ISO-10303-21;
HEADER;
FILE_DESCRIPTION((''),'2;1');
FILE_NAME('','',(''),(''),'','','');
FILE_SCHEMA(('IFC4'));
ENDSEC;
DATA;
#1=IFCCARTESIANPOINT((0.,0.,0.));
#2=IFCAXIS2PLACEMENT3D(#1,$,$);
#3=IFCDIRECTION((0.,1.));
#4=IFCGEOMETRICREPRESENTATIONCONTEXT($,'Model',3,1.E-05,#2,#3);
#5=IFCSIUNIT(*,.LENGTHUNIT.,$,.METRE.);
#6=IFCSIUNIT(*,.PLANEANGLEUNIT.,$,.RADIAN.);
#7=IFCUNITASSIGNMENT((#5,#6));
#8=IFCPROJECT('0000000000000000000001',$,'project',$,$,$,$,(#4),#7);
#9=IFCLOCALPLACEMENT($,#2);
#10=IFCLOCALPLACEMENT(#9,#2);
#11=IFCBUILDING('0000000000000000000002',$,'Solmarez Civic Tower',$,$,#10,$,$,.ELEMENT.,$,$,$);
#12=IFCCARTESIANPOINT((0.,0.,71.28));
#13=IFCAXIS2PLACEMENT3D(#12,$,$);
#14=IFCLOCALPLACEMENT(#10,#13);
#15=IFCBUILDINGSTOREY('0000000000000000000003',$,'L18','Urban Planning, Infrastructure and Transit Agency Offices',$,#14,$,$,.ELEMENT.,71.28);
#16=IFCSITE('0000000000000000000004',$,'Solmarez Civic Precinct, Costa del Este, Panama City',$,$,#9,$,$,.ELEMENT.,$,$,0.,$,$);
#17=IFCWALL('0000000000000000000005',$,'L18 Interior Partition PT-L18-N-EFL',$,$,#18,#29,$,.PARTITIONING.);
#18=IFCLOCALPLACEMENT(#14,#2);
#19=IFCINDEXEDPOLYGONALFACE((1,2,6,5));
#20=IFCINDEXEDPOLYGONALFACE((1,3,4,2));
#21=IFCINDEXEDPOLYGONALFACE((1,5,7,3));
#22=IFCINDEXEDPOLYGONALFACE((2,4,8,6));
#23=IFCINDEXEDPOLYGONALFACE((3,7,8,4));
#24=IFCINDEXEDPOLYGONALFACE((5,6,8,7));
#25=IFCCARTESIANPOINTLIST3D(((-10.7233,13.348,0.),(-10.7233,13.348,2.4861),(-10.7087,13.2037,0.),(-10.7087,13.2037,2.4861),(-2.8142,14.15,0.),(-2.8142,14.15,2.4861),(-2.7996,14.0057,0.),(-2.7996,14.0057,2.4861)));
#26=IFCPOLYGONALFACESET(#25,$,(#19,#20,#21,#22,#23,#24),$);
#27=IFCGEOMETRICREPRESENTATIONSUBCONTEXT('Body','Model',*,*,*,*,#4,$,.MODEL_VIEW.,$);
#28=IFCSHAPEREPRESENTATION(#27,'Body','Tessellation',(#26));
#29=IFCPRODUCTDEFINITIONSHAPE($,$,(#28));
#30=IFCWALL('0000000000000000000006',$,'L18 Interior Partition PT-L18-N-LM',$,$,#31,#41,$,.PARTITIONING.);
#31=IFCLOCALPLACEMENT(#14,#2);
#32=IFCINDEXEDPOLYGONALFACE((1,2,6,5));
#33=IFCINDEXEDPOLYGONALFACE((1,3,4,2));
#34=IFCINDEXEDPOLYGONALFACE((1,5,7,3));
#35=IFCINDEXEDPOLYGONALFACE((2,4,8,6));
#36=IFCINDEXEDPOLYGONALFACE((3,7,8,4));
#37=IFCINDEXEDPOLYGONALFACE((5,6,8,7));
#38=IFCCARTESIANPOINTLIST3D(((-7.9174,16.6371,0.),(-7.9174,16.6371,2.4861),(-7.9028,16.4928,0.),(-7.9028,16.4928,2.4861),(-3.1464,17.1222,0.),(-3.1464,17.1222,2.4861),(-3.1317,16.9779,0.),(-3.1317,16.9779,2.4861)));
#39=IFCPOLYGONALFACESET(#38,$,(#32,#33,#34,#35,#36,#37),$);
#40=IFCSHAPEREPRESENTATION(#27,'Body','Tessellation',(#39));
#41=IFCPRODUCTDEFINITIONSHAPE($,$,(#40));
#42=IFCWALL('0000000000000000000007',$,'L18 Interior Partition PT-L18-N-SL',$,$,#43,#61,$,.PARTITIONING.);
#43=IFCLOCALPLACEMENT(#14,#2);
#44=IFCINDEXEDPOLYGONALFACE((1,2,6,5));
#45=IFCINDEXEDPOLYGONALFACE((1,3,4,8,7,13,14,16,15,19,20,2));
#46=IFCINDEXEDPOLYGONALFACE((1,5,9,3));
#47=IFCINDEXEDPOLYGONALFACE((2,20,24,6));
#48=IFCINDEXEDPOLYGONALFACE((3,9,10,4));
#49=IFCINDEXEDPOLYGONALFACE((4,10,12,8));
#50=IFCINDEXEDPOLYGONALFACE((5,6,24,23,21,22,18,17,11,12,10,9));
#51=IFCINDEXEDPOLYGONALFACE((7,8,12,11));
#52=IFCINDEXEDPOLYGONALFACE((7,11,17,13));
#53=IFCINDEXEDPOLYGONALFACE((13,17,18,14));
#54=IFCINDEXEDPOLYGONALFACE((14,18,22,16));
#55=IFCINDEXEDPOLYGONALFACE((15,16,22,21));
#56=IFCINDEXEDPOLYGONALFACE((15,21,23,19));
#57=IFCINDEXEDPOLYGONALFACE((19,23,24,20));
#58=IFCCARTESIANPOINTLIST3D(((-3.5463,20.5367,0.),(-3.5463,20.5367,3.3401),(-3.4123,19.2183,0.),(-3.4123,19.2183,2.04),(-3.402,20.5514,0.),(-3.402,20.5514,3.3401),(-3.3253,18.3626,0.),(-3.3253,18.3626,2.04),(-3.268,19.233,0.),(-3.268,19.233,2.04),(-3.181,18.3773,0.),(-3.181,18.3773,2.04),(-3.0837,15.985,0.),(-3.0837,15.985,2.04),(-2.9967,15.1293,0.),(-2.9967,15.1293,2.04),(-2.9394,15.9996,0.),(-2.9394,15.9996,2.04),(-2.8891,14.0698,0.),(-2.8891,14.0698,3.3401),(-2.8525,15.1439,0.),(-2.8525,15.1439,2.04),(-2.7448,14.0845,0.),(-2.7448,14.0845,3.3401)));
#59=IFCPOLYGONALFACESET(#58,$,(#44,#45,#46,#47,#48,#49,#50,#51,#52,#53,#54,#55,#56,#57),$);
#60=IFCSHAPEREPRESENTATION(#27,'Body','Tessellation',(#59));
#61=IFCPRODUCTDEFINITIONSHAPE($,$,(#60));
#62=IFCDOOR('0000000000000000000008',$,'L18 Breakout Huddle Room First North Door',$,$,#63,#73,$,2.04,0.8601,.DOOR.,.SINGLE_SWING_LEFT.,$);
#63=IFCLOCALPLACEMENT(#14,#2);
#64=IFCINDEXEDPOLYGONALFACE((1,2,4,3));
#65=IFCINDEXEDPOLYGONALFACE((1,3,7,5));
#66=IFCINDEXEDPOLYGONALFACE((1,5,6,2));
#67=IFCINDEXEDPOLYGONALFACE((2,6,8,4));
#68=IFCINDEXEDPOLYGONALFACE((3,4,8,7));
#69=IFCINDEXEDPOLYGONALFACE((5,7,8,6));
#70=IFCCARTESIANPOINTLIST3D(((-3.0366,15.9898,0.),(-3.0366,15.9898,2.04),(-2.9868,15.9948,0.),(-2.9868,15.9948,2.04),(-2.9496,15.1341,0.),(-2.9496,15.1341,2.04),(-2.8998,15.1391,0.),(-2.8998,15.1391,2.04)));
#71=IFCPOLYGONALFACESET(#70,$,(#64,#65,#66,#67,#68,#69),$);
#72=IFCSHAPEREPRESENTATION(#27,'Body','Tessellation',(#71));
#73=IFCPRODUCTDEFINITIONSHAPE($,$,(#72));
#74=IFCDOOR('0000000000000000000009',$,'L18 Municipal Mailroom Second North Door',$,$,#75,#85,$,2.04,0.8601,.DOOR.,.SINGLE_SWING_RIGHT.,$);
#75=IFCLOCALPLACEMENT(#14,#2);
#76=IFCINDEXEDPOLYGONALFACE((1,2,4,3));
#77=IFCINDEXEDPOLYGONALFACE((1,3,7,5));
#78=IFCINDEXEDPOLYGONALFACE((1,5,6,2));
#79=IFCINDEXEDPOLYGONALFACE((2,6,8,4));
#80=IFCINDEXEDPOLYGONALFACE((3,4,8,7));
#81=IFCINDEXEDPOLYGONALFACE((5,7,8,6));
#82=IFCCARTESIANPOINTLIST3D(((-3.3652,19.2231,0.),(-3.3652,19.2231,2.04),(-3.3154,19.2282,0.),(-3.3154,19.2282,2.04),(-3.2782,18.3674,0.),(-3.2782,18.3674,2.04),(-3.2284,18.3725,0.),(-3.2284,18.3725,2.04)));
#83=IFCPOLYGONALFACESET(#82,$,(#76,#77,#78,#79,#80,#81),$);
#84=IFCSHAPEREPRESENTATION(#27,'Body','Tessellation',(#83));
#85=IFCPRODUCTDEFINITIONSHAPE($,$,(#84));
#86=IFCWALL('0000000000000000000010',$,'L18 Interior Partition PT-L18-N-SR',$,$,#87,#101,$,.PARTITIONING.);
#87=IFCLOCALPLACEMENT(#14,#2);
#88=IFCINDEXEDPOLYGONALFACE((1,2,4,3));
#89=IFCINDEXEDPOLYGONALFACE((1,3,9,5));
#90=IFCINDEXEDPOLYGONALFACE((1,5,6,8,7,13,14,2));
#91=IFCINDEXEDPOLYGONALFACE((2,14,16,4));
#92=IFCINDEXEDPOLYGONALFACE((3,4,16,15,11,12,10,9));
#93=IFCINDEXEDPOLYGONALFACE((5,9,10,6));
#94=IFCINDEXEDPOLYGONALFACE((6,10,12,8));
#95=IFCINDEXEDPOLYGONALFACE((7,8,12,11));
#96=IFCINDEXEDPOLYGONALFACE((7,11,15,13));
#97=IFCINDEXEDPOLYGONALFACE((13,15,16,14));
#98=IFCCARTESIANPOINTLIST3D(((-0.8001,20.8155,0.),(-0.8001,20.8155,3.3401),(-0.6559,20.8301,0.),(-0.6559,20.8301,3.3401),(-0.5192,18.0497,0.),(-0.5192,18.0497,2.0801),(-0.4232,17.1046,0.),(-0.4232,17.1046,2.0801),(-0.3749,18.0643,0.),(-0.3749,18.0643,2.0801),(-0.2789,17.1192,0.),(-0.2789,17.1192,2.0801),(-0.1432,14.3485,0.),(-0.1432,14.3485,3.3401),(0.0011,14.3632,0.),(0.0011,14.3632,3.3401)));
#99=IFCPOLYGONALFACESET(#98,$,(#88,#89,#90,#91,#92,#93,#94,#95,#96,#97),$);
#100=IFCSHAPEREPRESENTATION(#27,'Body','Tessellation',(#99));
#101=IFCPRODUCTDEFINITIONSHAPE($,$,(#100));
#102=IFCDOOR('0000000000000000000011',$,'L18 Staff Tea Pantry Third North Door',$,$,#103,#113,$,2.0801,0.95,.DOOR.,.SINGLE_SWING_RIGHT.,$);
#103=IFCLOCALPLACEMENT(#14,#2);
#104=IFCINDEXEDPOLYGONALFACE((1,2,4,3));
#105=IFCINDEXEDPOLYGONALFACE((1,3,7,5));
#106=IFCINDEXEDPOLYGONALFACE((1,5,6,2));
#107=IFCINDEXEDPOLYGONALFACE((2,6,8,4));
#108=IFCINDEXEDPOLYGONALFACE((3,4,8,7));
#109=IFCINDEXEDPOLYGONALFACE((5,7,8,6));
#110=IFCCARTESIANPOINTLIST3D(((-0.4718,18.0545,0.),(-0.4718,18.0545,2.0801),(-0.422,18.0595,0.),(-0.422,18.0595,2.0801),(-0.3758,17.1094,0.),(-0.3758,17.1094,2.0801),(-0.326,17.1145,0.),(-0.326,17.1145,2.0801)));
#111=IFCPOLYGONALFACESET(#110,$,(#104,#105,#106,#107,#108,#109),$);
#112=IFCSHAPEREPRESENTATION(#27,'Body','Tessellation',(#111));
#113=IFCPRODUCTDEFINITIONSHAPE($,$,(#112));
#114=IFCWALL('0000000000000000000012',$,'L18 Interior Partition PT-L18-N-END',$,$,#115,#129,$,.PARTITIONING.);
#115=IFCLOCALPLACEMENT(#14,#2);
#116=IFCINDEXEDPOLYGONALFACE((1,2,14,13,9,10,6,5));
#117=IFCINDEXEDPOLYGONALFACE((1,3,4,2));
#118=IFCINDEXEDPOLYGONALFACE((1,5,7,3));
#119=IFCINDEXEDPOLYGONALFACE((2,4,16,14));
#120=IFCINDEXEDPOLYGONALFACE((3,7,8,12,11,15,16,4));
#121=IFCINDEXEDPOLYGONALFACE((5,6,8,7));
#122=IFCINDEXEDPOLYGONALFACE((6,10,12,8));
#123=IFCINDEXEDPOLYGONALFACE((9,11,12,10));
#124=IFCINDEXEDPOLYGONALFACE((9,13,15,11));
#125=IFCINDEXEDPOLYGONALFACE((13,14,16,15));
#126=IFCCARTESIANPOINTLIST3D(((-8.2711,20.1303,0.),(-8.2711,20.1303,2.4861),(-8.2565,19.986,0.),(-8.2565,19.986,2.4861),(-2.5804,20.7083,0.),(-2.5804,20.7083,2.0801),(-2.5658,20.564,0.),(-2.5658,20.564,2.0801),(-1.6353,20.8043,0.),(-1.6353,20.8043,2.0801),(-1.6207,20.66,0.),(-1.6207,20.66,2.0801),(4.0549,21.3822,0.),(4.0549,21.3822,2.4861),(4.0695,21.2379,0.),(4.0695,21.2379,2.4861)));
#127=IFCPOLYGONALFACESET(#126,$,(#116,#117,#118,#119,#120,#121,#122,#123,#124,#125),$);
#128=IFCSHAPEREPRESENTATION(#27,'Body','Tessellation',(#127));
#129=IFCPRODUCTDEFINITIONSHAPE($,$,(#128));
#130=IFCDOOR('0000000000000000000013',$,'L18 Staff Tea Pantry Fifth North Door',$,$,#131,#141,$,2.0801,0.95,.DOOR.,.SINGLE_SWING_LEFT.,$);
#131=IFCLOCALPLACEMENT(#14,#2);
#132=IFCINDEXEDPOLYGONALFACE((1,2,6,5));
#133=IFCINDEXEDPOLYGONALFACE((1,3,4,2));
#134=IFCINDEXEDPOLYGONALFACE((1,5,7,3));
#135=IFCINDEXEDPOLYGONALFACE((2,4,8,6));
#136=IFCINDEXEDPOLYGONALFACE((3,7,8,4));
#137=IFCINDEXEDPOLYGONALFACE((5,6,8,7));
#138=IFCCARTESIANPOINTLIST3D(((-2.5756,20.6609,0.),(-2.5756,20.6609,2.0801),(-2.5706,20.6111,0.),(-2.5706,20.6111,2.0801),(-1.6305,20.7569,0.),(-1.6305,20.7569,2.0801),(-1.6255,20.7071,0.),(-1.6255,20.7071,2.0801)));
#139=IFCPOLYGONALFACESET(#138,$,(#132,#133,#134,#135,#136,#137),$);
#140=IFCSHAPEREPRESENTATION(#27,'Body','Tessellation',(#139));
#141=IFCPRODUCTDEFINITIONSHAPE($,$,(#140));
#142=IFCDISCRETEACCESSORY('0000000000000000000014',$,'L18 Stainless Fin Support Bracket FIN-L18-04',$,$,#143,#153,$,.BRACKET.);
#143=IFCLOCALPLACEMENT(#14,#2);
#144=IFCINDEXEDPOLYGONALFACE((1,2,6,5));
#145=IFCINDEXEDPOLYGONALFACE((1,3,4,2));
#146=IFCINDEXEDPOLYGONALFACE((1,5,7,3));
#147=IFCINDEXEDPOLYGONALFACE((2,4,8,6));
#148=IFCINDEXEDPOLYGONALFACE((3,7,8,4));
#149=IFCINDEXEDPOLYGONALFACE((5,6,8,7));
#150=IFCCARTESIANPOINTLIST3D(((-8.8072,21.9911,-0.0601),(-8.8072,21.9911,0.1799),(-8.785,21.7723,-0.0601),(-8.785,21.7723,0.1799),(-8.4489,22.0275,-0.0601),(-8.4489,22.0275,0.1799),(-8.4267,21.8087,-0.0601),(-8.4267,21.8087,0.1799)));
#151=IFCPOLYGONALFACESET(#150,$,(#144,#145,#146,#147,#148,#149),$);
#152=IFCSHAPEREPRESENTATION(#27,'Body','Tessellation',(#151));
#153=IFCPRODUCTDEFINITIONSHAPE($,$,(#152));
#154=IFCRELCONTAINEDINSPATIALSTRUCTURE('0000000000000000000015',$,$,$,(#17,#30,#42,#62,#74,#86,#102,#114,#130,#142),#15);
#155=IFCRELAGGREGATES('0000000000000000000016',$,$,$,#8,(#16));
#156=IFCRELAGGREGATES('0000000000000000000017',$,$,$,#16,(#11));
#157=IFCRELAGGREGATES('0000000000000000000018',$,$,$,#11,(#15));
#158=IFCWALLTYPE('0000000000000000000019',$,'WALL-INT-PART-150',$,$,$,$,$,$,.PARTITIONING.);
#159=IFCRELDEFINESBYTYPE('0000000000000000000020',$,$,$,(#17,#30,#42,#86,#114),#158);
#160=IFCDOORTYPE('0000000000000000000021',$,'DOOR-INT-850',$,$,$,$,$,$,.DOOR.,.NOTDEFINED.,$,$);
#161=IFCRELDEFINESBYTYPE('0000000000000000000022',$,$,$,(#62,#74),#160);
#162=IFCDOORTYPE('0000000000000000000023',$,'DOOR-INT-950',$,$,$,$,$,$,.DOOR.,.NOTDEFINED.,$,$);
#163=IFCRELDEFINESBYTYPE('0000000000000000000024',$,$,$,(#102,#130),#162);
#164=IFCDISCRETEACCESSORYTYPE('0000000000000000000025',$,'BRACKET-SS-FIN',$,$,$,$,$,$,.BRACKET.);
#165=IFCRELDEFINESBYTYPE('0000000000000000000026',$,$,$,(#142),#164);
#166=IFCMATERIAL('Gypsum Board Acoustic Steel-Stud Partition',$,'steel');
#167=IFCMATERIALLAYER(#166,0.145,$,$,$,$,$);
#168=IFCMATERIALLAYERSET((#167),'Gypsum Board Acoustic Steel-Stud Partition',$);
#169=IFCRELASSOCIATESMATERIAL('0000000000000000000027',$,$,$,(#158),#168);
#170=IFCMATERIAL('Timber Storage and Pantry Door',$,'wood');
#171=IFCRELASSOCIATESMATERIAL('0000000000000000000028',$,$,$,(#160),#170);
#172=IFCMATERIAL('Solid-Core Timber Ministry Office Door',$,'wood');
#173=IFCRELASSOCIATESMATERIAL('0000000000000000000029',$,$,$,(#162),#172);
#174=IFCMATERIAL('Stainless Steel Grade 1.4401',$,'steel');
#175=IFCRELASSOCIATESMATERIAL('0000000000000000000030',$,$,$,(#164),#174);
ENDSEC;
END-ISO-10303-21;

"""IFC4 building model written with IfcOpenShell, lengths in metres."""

from ifc_helpers import new_model, si_unit, direction, frame, frame_2d, origin, origin_2d, place, context, subcontext, project, spatial, rectangle, extrude, material, layer, layer_set, type_object, element, fill, save


model = new_model("IFC4")

# Units and contexts
model_context = context("Model", 3, precision=1e-05, world=origin(), true_north=direction((0.0, 1.0)))
body_context = subcontext(model_context, "Body", "Model", "MODEL_VIEW")
ifc_project = project(units=[si_unit("LENGTHUNIT", "METRE"), si_unit("PLANEANGLEUNIT", "RADIAN")], contexts=[model_context])

# Site, building, storey
site_placement = place(None, origin())
site = spatial("IfcSite", under=ifc_project, at=site_placement, Name="Solmarez Civic Precinct, Costa del Este, Panama City", CompositionType="ELEMENT", RefElevation=0.0)
building_placement = place(site_placement, origin())
building = spatial("IfcBuilding", under=site, at=building_placement, Name="Solmarez Civic Tower", CompositionType="ELEMENT")
storey_placement = place(building_placement, frame((0.0, 0.0, 71.28)))
storey = spatial("IfcBuildingStorey", under=building, at=storey_placement, Name="L18", Description="Urban Planning, Infrastructure and Transit Agency Offices", CompositionType="ELEMENT", Elevation=71.28)

# Walls
ifc_material_1 = material(Name="Gypsum Board Acoustic Steel-Stud Partition", Category="steel")
ifc_layer_1 = layer(ifc_material_1, 0.145)
ifc_layer_set_1 = layer_set([ifc_layer_1], Name="Gypsum Board Acoustic Steel-Stud Partition")
wall_type_1 = type_object("IfcWallType", Name="WALL-INT-PART-150", PredefinedType="PARTITIONING", material=ifc_layer_set_1)
wall_1_placement = place(storey_placement, frame((-2.8069, 14.0779, 0.0), z_axis=(0.0, 0.0, 1.0), x_axis=(-0.994898, -0.100884, 0.0)))
element("IfcWall", 1, at=wall_1_placement, inside=storey, type_object=wall_type_1, Name="L18 Interior Partition PT-L18-N-EFL", PredefinedType="PARTITIONING", context=body_context, shape_type="SweptSolid", body=[
    extrude(rectangle(XDim=7.9497, YDim=0.145, at=frame_2d((3.9749, 0.0))), origin(), (0.0, 0.0, 1.0), 2.4861),
])
wall_2_placement = place(storey_placement, frame((-3.1389, 17.05, 0.0), z_axis=(0.0, 0.0, 1.0), x_axis=(-0.99487, -0.101157, 0.0)))
element("IfcWall", 2, at=wall_2_placement, inside=storey, type_object=wall_type_1, Name="L18 Interior Partition PT-L18-N-LM", PredefinedType="PARTITIONING", context=body_context, shape_type="SweptSolid", body=[
    extrude(rectangle(XDim=4.7957, YDim=0.145, at=frame_2d((2.3979, 0.0))), origin(), (0.0, 0.0, 1.0), 2.4861),
])

# Wall, openings, doors
wall_3_placement = place(storey_placement, frame((-3.4741, 20.5439, 0.0), z_axis=(0.0, 0.0, 1.0), x_axis=(0.101106, -0.994876, 0.0)))
wall_3 = element("IfcWall", 3, at=wall_3_placement, inside=storey, type_object=wall_type_1, Name="L18 Interior Partition PT-L18-N-SL", PredefinedType="PARTITIONING", context=body_context, shape_type="SweptSolid", body=[
    extrude(rectangle(XDim=6.5002, YDim=0.145, at=frame_2d((3.25, 0.0))), origin(), (0.0, 0.0, 1.0), 3.3401),
])
opening_1_placement = place(wall_3_placement, frame((4.575, 0.0, 0.0)))
opening_1 = element("IfcOpeningElement", 4, at=opening_1_placement, cuts=wall_3, PredefinedType="OPENING", context=body_context, shape_type="SweptSolid", body=[
    extrude(rectangle(XDim=0.8601, YDim=2.04, at=frame_2d((0.4302, 1.02))), frame((0.0, 0.0825, 0.0), z_axis=(0.0, -1.0, 0.0), x_axis=(1.0, 0.0, 0.0)), (0.0, 0.0, 1.0), 0.165),
])
opening_2_placement = place(wall_3_placement, frame((1.325, 0.0, 0.0)))
opening_2 = element("IfcOpeningElement", 5, at=opening_2_placement, cuts=wall_3, PredefinedType="OPENING", context=body_context, shape_type="SweptSolid", body=[
    extrude(rectangle(XDim=0.8601, YDim=2.04, at=frame_2d((0.4302, 1.02))), frame((0.0, 0.0825, 0.0), z_axis=(0.0, -1.0, 0.0), x_axis=(1.0, 0.0, 0.0)), (0.0, 0.0, 1.0), 0.165),
])
ifc_material_2 = material(Name="Timber Storage and Pantry Door", Category="wood")
door_type_1 = type_object("IfcDoorType", Name="DOOR-INT-850", OperationType="NOTDEFINED", PredefinedType="DOOR", material=ifc_material_2)
door_1_placement = place(opening_1_placement, origin())
door_1 = element("IfcDoor", 6, at=door_1_placement, inside=storey, type_object=door_type_1, Name="L18 Breakout Huddle Room First North Door", OperationType="SINGLE_SWING_LEFT", OverallHeight=2.04, OverallWidth=0.8601, PredefinedType="DOOR", context=body_context, shape_type="SweptSolid", body=[
    extrude(rectangle(XDim=0.8601, YDim=2.04, at=frame_2d((0.4302, 1.02))), frame((0.0, 0.0249, 0.0), z_axis=(0.0, -1.0, 0.0), x_axis=(1.0, 0.0, 0.0)), (0.0, 0.0, 1.0), 0.05),
])
fill(opening_1, door_1)
door_2_placement = place(opening_2_placement, origin())
door_2 = element("IfcDoor", 7, at=door_2_placement, inside=storey, type_object=door_type_1, Name="L18 Municipal Mailroom Second North Door", OperationType="SINGLE_SWING_RIGHT", OverallHeight=2.04, OverallWidth=0.8601, PredefinedType="DOOR", context=body_context, shape_type="SweptSolid", body=[
    extrude(rectangle(XDim=0.8601, YDim=2.04, at=frame_2d((0.4302, 1.02))), frame((0.0, 0.0249, 0.0), z_axis=(0.0, -1.0, 0.0), x_axis=(1.0, 0.0, 0.0)), (0.0, 0.0, 1.0), 0.05),
])
fill(opening_2, door_2)

# Walls, openings, doors
wall_4_placement = place(storey_placement, frame((-0.071, 14.356, 0.0), z_axis=(0.0, 0.0, 1.0), x_axis=(-0.101069, 0.994879, 0.0)))
wall_4 = element("IfcWall", 8, at=wall_4_placement, inside=storey, type_object=wall_type_1, Name="L18 Interior Partition PT-L18-N-SR", PredefinedType="PARTITIONING", context=body_context, shape_type="SweptSolid", body=[
    extrude(rectangle(XDim=6.5002, YDim=0.145, at=frame_2d((3.25, 0.0))), origin(), (0.0, 0.0, 1.0), 3.3401),
])
opening_3_placement = place(wall_4_placement, frame((2.77, 0.0, 0.0)))
opening_3 = element("IfcOpeningElement", 9, at=opening_3_placement, cuts=wall_4, PredefinedType="OPENING", context=body_context, shape_type="SweptSolid", body=[
    extrude(rectangle(XDim=0.95, YDim=2.0801, at=frame_2d((0.4751, 1.04))), frame((0.0, 0.0825, 0.0), z_axis=(0.0, -1.0, 0.0), x_axis=(1.0, 0.0, 0.0)), (0.0, 0.0, 1.0), 0.165),
])
ifc_material_3 = material(Name="Solid-Core Timber Ministry Office Door", Category="wood")
door_type_2 = type_object("IfcDoorType", Name="DOOR-INT-950", OperationType="NOTDEFINED", PredefinedType="DOOR", material=ifc_material_3)
door_3_placement = place(opening_3_placement, origin())
door_3 = element("IfcDoor", 10, at=door_3_placement, inside=storey, type_object=door_type_2, Name="L18 Staff Tea Pantry Third North Door", OperationType="SINGLE_SWING_RIGHT", OverallHeight=2.0801, OverallWidth=0.95, PredefinedType="DOOR", context=body_context, shape_type="SweptSolid", body=[
    extrude(rectangle(XDim=0.95, YDim=2.0801, at=frame_2d((0.4751, 1.04))), frame((0.0, 0.0249, 0.0), z_axis=(0.0, -1.0, 0.0), x_axis=(1.0, 0.0, 0.0)), (0.0, 0.0, 1.0), 0.05),
])
fill(opening_3, door_3)
wall_5_placement = place(storey_placement, frame((-8.2639, 20.0581, 0.0), z_axis=(0.0, 0.0, 1.0), x_axis=(0.994881, 0.101051, 0.0)))
wall_5 = element("IfcWall", 11, at=wall_5_placement, inside=storey, type_object=wall_type_1, Name="L18 Interior Partition PT-L18-N-END", PredefinedType="PARTITIONING", context=body_context, shape_type="SweptSolid", body=[
    extrude(rectangle(XDim=12.3894, YDim=0.145, at=frame_2d((6.1948, 0.0))), origin(), (0.0, 0.0, 1.0), 2.4861),
])
opening_4_placement = place(wall_5_placement, frame((5.72, 0.0, 0.0)))
opening_4 = element("IfcOpeningElement", 12, at=opening_4_placement, cuts=wall_5, PredefinedType="OPENING", context=body_context, shape_type="SweptSolid", body=[
    extrude(rectangle(XDim=0.95, YDim=2.0801, at=frame_2d((0.4751, 1.04))), frame((0.0, 0.0825, 0.0), z_axis=(0.0, -1.0, 0.0), x_axis=(1.0, 0.0, 0.0)), (0.0, 0.0, 1.0), 0.165),
])
door_4_placement = place(opening_4_placement, origin())
door_4 = element("IfcDoor", 13, at=door_4_placement, inside=storey, type_object=door_type_2, Name="L18 Staff Tea Pantry Fifth North Door", OperationType="SINGLE_SWING_LEFT", OverallHeight=2.0801, OverallWidth=0.95, PredefinedType="DOOR", context=body_context, shape_type="SweptSolid", body=[
    extrude(rectangle(XDim=0.95, YDim=2.0801, at=frame_2d((0.4751, 1.04))), frame((0.0, 0.0249, 0.0), z_axis=(0.0, -1.0, 0.0), x_axis=(1.0, 0.0, 0.0)), (0.0, 0.0, 1.0), 0.05),
])
fill(opening_4, door_4)

# Discrete accessory
ifc_material_4 = material(Name="Stainless Steel Grade 1.4401", Category="steel")
discrete_accessory_type = type_object("IfcDiscreteAccessoryType", Name="BRACKET-SS-FIN", PredefinedType="BRACKET", material=ifc_material_4)
discrete_accessory_placement = place(storey_placement, frame((-8.6169, 21.8999, -0.0601), z_axis=(0.0, 0.0, 1.0), x_axis=(-0.99488, -0.101061, 0.0)))
element("IfcDiscreteAccessory", 14, at=discrete_accessory_placement, inside=storey, type_object=discrete_accessory_type, Name="L18 Stainless Fin Support Bracket FIN-L18-04", PredefinedType="BRACKET", context=body_context, shape_type="SweptSolid", body=[
    extrude(rectangle(XDim=0.3601, YDim=0.22, at=origin_2d()), origin(), (0.0, 0.0, 1.0), 0.24),
])

save(model, "model.ifc")
